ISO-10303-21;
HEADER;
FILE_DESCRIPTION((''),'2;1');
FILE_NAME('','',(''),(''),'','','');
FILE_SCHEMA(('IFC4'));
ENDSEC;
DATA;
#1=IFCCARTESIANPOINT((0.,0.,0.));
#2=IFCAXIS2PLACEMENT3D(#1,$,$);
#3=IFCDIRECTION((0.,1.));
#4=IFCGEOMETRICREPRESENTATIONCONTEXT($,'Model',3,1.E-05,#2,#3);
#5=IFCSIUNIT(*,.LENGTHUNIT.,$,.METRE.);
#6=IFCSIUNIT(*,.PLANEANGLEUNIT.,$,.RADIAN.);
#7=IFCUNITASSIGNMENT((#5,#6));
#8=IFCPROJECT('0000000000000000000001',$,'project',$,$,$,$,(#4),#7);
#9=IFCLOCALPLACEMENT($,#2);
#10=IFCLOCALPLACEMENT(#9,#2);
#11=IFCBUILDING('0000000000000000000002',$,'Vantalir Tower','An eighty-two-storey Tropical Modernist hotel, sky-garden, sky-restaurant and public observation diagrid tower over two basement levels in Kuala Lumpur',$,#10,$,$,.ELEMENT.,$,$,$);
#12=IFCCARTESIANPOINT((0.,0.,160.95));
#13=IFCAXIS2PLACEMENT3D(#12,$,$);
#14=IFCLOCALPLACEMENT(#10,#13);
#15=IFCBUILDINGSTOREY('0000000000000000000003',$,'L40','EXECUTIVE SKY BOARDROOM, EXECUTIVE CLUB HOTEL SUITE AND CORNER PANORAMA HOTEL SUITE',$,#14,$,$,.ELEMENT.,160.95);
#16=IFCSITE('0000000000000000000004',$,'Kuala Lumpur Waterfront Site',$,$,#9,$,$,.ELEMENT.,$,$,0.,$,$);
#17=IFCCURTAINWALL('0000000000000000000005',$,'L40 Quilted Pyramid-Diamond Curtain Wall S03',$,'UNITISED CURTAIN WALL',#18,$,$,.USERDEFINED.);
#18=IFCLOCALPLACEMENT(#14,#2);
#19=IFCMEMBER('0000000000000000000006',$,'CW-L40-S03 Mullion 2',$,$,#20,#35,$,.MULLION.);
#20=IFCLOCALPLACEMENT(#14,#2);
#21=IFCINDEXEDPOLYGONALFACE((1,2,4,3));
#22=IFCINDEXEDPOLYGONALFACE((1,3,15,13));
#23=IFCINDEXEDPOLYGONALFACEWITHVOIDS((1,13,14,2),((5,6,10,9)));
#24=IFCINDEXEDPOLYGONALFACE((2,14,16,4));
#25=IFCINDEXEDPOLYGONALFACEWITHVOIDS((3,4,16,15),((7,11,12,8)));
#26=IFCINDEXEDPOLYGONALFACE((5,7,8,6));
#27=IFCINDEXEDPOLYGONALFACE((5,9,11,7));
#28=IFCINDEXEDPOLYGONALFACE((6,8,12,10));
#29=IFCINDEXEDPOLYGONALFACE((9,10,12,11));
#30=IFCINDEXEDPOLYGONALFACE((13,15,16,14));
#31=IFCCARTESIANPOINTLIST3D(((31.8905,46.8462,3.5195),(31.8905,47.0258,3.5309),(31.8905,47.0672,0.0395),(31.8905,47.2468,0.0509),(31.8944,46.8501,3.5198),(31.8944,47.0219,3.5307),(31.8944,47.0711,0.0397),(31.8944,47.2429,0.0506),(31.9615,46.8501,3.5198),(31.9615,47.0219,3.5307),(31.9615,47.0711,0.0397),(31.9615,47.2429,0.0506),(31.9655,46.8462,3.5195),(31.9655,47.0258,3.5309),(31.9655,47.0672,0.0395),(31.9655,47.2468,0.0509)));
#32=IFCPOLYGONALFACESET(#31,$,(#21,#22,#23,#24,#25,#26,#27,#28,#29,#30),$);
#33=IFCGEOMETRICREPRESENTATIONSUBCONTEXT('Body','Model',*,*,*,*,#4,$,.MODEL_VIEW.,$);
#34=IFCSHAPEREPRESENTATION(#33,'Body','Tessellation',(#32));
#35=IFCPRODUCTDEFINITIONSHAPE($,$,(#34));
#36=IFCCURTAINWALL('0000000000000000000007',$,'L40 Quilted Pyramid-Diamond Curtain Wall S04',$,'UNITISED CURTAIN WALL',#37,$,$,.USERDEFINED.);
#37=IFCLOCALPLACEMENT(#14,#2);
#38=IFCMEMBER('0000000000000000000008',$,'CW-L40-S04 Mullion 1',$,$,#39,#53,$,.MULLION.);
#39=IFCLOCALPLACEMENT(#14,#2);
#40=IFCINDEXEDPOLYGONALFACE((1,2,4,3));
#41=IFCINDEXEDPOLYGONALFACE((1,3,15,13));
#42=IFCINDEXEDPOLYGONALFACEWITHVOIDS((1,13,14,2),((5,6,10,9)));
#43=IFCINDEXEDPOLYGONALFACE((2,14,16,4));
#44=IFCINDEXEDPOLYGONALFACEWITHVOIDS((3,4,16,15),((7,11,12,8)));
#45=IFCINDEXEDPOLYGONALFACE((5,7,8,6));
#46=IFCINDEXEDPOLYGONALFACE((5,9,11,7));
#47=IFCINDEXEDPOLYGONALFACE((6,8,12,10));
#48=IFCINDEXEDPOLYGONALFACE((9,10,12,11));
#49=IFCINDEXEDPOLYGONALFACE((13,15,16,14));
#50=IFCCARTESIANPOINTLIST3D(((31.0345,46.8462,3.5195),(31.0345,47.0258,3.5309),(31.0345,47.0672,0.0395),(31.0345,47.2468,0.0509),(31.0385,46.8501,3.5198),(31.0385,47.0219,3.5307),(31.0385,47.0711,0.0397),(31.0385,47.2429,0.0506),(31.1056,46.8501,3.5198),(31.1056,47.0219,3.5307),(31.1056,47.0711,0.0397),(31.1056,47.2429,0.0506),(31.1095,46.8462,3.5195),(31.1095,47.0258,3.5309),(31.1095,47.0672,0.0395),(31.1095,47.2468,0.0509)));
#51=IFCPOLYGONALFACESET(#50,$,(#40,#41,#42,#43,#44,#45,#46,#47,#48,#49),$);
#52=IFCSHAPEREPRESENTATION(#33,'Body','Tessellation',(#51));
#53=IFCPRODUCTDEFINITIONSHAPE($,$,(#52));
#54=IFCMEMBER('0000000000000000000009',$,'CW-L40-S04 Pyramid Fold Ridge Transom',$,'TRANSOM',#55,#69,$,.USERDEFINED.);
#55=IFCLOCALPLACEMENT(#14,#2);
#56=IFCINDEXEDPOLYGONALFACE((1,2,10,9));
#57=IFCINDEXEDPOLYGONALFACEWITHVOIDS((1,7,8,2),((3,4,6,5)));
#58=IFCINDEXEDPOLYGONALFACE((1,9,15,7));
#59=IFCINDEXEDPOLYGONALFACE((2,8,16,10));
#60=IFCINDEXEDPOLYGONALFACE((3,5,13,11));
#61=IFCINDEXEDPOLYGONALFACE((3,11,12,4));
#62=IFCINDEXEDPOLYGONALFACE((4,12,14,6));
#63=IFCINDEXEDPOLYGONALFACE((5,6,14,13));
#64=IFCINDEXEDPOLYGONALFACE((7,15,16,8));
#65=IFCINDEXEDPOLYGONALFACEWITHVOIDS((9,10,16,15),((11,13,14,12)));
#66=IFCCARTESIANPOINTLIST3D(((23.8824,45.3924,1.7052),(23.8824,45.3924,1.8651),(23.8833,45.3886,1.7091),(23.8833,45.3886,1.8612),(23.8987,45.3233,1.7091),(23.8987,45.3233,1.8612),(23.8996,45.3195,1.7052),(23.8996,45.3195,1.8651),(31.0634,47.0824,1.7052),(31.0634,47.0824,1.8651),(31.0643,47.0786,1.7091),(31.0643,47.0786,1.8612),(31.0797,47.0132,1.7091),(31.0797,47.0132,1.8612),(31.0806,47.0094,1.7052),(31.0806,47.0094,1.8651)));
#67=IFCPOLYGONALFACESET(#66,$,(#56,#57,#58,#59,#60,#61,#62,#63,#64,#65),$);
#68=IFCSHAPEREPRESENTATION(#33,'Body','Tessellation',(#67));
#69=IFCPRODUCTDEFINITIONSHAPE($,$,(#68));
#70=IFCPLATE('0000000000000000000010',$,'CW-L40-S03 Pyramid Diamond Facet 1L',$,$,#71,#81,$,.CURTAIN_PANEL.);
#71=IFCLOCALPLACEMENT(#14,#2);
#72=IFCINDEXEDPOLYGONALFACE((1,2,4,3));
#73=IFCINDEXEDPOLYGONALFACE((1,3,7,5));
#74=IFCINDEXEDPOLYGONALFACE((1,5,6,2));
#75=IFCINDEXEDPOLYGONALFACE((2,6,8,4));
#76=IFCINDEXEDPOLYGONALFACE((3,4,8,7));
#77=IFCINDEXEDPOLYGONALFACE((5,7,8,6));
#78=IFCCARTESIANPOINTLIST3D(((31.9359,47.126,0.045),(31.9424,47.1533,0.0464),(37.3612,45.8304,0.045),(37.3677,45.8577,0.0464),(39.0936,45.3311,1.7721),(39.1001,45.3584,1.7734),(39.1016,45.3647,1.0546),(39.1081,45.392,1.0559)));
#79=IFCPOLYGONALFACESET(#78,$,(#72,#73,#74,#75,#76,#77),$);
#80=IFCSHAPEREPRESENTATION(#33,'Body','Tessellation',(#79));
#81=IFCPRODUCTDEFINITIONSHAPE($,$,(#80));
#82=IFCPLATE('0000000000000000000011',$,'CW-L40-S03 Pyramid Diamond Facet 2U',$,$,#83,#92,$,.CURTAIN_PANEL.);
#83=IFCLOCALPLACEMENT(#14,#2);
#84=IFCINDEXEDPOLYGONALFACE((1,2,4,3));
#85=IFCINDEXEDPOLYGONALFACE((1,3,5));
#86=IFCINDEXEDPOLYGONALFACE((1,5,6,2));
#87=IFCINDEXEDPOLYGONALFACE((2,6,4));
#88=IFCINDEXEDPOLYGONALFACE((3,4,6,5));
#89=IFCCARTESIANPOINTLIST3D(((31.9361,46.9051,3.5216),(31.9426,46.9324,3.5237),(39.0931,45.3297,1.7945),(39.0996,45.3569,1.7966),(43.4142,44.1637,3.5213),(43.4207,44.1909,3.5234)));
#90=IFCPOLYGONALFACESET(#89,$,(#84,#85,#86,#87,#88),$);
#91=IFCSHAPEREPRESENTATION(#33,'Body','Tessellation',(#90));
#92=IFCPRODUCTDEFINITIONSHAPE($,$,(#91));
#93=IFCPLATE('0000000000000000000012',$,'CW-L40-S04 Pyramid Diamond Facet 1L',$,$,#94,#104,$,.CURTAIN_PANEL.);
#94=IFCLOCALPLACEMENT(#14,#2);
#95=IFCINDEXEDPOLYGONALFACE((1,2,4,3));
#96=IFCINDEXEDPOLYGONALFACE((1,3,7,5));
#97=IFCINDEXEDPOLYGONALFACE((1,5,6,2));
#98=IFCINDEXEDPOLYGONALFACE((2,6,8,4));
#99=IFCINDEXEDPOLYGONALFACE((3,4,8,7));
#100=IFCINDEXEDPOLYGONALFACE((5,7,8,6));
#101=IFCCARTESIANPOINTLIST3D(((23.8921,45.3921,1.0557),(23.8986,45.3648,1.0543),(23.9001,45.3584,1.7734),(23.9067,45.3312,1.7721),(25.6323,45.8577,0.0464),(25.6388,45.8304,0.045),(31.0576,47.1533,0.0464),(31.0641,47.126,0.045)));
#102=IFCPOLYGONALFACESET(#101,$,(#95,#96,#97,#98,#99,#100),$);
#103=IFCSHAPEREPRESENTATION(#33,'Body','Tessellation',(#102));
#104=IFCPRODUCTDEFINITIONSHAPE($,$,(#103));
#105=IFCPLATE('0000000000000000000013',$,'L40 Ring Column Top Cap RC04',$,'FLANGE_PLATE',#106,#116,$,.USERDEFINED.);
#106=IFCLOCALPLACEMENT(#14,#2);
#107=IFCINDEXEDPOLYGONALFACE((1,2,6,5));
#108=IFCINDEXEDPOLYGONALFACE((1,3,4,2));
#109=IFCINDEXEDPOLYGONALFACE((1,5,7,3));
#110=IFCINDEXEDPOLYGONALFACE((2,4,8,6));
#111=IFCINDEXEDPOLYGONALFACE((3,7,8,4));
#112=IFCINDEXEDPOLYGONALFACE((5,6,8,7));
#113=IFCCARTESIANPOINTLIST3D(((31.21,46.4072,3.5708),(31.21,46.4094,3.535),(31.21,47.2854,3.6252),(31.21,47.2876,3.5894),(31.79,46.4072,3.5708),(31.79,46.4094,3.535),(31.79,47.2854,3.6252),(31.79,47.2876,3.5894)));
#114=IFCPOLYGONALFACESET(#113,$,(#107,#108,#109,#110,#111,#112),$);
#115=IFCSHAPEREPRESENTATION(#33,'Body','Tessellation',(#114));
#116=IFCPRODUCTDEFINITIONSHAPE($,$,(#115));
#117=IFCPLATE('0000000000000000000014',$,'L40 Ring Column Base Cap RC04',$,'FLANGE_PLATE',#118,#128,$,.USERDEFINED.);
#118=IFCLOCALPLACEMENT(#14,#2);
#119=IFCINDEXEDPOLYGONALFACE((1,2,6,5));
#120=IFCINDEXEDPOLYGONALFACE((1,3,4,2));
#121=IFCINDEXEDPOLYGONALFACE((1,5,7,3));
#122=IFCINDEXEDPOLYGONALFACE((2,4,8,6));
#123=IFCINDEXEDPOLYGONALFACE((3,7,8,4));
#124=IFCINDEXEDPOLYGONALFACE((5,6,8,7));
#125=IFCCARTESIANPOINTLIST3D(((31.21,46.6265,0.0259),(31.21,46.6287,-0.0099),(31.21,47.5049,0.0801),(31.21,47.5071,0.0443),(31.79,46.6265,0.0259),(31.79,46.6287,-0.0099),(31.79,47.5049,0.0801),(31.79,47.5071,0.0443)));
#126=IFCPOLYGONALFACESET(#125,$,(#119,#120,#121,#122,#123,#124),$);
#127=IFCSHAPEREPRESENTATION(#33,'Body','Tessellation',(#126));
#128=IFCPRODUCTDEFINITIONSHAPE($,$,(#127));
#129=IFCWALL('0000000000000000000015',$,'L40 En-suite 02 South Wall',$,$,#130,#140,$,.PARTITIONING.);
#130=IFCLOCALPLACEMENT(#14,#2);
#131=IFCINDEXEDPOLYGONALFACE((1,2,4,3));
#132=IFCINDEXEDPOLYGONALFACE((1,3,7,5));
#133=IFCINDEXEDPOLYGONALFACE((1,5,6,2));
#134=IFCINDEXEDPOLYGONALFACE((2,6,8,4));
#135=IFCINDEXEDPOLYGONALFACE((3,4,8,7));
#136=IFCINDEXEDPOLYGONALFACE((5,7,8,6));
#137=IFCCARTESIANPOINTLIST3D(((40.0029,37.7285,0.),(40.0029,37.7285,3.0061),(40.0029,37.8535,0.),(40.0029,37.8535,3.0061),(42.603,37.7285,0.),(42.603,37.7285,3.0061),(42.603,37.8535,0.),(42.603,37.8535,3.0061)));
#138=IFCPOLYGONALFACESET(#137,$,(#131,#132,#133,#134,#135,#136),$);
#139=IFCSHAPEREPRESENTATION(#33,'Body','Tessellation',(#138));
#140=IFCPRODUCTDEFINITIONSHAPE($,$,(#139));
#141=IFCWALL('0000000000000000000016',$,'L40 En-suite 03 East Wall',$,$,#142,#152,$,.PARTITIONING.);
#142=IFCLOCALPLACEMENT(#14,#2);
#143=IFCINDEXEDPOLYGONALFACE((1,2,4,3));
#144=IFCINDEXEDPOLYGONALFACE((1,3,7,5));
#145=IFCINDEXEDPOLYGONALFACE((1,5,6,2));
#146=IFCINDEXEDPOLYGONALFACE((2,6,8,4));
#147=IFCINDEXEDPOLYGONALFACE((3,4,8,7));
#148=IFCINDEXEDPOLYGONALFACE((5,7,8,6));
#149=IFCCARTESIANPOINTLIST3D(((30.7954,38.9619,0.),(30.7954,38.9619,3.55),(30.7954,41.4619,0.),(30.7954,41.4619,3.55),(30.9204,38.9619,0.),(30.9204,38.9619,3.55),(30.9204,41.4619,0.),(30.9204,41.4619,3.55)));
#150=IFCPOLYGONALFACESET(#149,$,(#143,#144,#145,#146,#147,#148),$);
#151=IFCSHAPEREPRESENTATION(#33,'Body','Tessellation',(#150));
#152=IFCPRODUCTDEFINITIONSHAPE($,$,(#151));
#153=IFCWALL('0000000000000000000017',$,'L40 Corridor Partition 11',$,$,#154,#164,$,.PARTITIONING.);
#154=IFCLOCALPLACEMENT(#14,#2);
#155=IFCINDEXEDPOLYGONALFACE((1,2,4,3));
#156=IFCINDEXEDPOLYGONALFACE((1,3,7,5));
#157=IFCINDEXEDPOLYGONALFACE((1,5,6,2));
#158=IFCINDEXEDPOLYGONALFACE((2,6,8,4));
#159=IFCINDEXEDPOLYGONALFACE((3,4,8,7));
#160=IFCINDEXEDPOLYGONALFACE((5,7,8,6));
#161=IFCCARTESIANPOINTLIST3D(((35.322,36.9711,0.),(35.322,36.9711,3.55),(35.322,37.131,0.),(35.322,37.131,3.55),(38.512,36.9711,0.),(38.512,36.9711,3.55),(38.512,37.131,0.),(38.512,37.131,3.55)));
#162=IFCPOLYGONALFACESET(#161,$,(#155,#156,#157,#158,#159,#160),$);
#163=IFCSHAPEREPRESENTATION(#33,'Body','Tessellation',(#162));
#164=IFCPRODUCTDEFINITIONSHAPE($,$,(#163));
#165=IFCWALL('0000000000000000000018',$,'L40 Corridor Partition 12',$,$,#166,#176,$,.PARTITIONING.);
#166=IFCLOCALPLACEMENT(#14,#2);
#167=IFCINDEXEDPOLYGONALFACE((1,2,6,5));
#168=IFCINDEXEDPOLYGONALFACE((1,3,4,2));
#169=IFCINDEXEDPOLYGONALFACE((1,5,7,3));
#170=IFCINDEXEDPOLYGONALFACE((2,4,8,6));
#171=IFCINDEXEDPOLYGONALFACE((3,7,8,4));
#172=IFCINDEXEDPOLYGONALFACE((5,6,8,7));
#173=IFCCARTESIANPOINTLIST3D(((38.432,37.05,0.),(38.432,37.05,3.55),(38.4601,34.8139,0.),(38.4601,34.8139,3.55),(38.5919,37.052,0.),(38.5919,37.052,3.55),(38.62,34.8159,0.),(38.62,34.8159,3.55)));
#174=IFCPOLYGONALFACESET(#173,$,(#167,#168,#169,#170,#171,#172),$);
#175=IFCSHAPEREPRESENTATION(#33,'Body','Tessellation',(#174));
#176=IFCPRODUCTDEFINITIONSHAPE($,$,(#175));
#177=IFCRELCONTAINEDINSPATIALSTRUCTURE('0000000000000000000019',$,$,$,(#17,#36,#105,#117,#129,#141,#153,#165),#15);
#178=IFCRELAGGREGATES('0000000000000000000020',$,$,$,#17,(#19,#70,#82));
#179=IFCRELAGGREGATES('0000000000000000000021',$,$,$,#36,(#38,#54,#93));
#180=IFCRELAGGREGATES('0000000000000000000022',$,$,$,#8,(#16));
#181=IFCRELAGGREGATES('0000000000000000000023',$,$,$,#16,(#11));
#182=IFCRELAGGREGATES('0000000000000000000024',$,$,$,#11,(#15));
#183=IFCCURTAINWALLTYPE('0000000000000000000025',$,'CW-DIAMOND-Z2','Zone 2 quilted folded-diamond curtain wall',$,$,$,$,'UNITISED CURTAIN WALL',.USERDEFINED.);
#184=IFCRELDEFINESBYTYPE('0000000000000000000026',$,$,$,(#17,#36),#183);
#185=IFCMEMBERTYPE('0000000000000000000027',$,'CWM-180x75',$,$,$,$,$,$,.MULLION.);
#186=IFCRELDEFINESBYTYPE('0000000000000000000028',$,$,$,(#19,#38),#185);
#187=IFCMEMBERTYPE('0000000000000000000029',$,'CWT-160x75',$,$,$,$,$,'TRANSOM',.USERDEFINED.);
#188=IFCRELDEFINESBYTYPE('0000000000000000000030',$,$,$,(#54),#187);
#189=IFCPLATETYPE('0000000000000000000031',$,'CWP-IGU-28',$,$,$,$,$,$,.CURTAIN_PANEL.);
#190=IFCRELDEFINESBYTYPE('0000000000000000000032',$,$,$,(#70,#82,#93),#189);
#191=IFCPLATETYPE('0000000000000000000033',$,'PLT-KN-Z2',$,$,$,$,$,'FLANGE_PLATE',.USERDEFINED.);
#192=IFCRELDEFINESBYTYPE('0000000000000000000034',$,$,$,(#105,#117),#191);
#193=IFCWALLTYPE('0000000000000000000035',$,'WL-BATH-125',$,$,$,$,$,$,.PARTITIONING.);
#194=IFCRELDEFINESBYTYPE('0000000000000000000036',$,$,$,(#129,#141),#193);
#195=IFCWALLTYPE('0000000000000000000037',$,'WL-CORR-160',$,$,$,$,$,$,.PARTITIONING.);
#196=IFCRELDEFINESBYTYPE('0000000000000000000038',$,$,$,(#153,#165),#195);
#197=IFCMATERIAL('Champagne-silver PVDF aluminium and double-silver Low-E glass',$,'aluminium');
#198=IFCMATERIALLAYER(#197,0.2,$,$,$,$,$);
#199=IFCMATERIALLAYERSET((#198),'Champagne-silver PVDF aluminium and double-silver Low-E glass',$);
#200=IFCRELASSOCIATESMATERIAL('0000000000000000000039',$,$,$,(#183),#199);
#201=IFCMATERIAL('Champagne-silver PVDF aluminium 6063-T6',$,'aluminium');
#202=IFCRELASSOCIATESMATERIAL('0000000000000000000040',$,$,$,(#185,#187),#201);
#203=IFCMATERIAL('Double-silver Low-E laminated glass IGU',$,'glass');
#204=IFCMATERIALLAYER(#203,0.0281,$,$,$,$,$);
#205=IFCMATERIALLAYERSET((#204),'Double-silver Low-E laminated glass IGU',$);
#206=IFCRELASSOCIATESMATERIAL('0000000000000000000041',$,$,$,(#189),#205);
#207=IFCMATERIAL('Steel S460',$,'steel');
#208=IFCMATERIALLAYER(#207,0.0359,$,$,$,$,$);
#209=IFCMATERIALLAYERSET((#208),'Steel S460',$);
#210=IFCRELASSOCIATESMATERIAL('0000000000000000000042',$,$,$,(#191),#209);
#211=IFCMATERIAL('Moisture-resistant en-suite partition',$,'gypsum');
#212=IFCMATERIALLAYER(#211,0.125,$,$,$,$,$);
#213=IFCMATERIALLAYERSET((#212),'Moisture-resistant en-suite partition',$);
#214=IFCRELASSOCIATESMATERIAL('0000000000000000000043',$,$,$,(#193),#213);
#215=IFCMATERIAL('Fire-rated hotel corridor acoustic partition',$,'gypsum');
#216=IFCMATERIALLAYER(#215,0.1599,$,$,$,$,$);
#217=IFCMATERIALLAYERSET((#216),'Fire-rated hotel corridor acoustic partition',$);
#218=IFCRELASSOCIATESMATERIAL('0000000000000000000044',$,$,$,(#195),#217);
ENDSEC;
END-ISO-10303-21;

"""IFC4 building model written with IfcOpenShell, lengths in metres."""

from ifc_helpers import new_model, si_unit, direction, frame, frame_2d, origin, origin_2d, place, context, subcontext, project, spatial, polyline, rectangle, hollow_rectangle, outline, extrude, material, layer, layer_set, material_profile, profile_set, type_object, element, aggregate, save


model = new_model("IFC4")

# Units and contexts
model_context = context("Model", 3, precision=1e-05, world=origin(), true_north=direction((0.0, 1.0)))
body_context = subcontext(model_context, "Body", "Model", "MODEL_VIEW")
ifc_project = project(units=[si_unit("LENGTHUNIT", "METRE"), si_unit("PLANEANGLEUNIT", "RADIAN")], contexts=[model_context])

# Site, building, storey
site_placement = place(None, origin())
site = spatial("IfcSite", under=ifc_project, at=site_placement, Name="Kuala Lumpur Waterfront Site", CompositionType="ELEMENT", RefElevation=0.0)
building_placement = place(site_placement, origin())
building = spatial("IfcBuilding", under=site, at=building_placement, Name="Vantalir Tower", Description="An eighty-two-storey Tropical Modernist hotel, sky-garden, sky-restaurant and public observation diagrid tower over two basement levels in Kuala Lumpur", CompositionType="ELEMENT")
storey_placement = place(building_placement, frame((0.0, 0.0, 160.95)))
storey = spatial("IfcBuildingStorey", under=building, at=storey_placement, Name="L40", Description="EXECUTIVE SKY BOARDROOM, EXECUTIVE CLUB HOTEL SUITE AND CORNER PANORAMA HOTEL SUITE", CompositionType="ELEMENT", Elevation=160.95)

# Shared definitions
ifc_material_1 = material(Name="Steel S460", Category="steel")

# Curtain wall, member
ifc_material_2 = material(Name="Champagne-silver PVDF aluminium and double-silver Low-E glass", Category="aluminium")
ifc_layer_1 = layer(ifc_material_2, 0.2)
ifc_layer_set_1 = layer_set([ifc_layer_1], Name="Champagne-silver PVDF aluminium and double-silver Low-E glass")
curtain_wall_type = type_object("IfcCurtainWallType", Name="CW-DIAMOND-Z2", Description="Zone 2 quilted folded-diamond curtain wall", ElementType="UNITISED CURTAIN WALL", PredefinedType="USERDEFINED", material=ifc_layer_set_1)
curtain_wall_1_placement = place(storey_placement, origin())
curtain_wall_1 = element("IfcCurtainWall", 1, at=curtain_wall_1_placement, inside=storey, type_object=curtain_wall_type, Name="L40 Quilted Pyramid-Diamond Curtain Wall S03", ObjectType="UNITISED CURTAIN WALL", PredefinedType="USERDEFINED")
ifc_material_3 = material(Name="Champagne-silver PVDF aluminium 6063-T6", Category="aluminium")
ifc_material_profile_1 = material_profile(ifc_material_3, hollow_rectangle(XDim=0.075, YDim=0.1799, WallThickness=0.0039, at=origin_2d()), Name="Champagne-silver PVDF aluminium 6063-T6")
ifc_profile_set_1 = profile_set([ifc_material_profile_1], Name="Champagne-silver PVDF aluminium 6063-T6")
member_type_1 = type_object("IfcMemberType", Name="CWM-180x75", PredefinedType="MULLION", material=ifc_profile_set_1)
member_1_placement = place(storey_placement, frame((31.928, 47.157, 0.0452), z_axis=(0.0, -0.063363, 0.997991), x_axis=(1.0, 0.0, 0.0)))
member_1 = element("IfcMember", 2, at=member_1_placement, type_object=member_type_1, Name="CW-L40-S03 Mullion 2", PredefinedType="MULLION", context=body_context, shape_type="SweptSolid", body=[
    extrude(hollow_rectangle(XDim=0.075, YDim=0.1799, WallThickness=0.0039, at=origin_2d()), origin(), (0.0, 0.0, 1.0), 3.4871),
])

# Curtain wall, members
curtain_wall_2_placement = place(storey_placement, origin())
curtain_wall_2 = element("IfcCurtainWall", 3, at=curtain_wall_2_placement, inside=storey, type_object=curtain_wall_type, Name="L40 Quilted Pyramid-Diamond Curtain Wall S04", ObjectType="UNITISED CURTAIN WALL", PredefinedType="USERDEFINED")
member_2_placement = place(storey_placement, frame((31.072, 47.157, 0.0452), z_axis=(0.0, -0.063363, 0.997991), x_axis=(1.0, 0.0, 0.0)))
member_2 = element("IfcMember", 4, at=member_2_placement, type_object=member_type_1, Name="CW-L40-S04 Mullion 1", PredefinedType="MULLION", context=body_context, shape_type="SweptSolid", body=[
    extrude(hollow_rectangle(XDim=0.075, YDim=0.1799, WallThickness=0.0039, at=origin_2d()), origin(), (0.0, 0.0, 1.0), 3.4871),
])
ifc_material_profile_2 = material_profile(ifc_material_3, hollow_rectangle(XDim=0.075, YDim=0.1599, WallThickness=0.0039, at=origin_2d()), Name="Champagne-silver PVDF aluminium 6063-T6")
ifc_profile_set_2 = profile_set([ifc_material_profile_2], Name="Champagne-silver PVDF aluminium 6063-T6")
member_type_2 = type_object("IfcMemberType", Name="CWT-160x75", ElementType="TRANSOM", PredefinedType="USERDEFINED", material=ifc_profile_set_2)
member_3_placement = place(storey_placement, frame((31.072, 47.0459, 1.7852), z_axis=(-0.973408, -0.22908, 0.0), x_axis=(0.22908, -0.973408, 0.0)))
member_3 = element("IfcMember", 5, at=member_3_placement, type_object=member_type_2, Name="CW-L40-S04 Pyramid Fold Ridge Transom", ObjectType="TRANSOM", PredefinedType="USERDEFINED", context=body_context, shape_type="SweptSolid", body=[
    extrude(hollow_rectangle(XDim=0.075, YDim=0.1599, WallThickness=0.0039, at=origin_2d()), origin(), (0.0, 0.0, 1.0), 7.3772),
])

# Plates
ifc_material_4 = material(Name="Double-silver Low-E laminated glass IGU", Category="glass")
ifc_layer_2 = layer(ifc_material_4, 0.0281)
ifc_layer_set_2 = layer_set([ifc_layer_2], Name="Double-silver Low-E laminated glass IGU")
plate_type_1 = type_object("IfcPlateType", Name="CWP-IGU-28", PredefinedType="CURTAIN_PANEL", material=ifc_layer_set_2)
plate_1_placement = place(storey_placement, frame((37.3677, 45.8577, 0.0464), z_axis=(0.232004, 0.971523, 0.048129), x_axis=(-0.972651, 0.232273, -0.000001)))
plate_1 = element("IfcPlate", 6, at=plate_1_placement, type_object=plate_type_1, Name="CW-L40-S03 Pyramid Diamond Facet 1L", PredefinedType="CURTAIN_PANEL", context=body_context, shape_type="SweptSolid", body=[
    extrude(outline(polyline([(0.0, 0.0), (5.5779, 0.0), (-1.801, 1.7291), (-1.801, 1.0107), (0.0, 0.0)])), origin(), (0.0, 0.0, -1.0), 0.0281),
])
plate_2_placement = place(storey_placement, frame((31.9426, 46.9324, 3.5237), z_axis=(0.231653, 0.969885, 0.075237), x_axis=(0.972642, -0.232309, -0.000021)))
plate_2 = element("IfcPlate", 7, at=plate_2_placement, type_object=plate_type_1, Name="CW-L40-S03 Pyramid Diamond Facet 2U", PredefinedType="CURTAIN_PANEL", context=body_context, shape_type="SweptSolid", body=[
    extrude(outline(polyline([(0.0, 0.0), (11.8009, 0.0), (7.3272, 1.7318), (0.0, 0.0)])), origin(), (0.0, 0.0, -1.0), 0.0281),
])
aggregate(curtain_wall_1, [member_1, plate_1, plate_2])
plate_3_placement = place(storey_placement, frame((31.0576, 47.1533, 0.0464), z_axis=(-0.232009, 0.971521, 0.048156), x_axis=(-0.972649, -0.232279, 0.0)))
plate_3 = element("IfcPlate", 8, at=plate_3_placement, type_object=plate_type_1, Name="CW-L40-S04 Pyramid Diamond Facet 1L", PredefinedType="CURTAIN_PANEL", context=body_context, shape_type="SweptSolid", body=[
    extrude(outline(polyline([(0.0, 0.0), (5.5779, 0.0), (7.3786, 1.0104), (7.3786, 1.7291), (0.0, 0.0)])), origin(), (0.0, 0.0, -1.0), 0.0281),
])
aggregate(curtain_wall_2, [member_2, member_3, plate_3])

# Plates
ifc_layer_3 = layer(ifc_material_1, 0.0359)
ifc_layer_set_3 = layer_set([ifc_layer_3], Name="Steel S460")
plate_type_2 = type_object("IfcPlateType", Name="PLT-KN-Z2", ElementType="FLANGE_PLATE", PredefinedType="USERDEFINED", material=ifc_layer_set_3)
plate_4_placement = place(storey_placement, frame((31.21, 47.2854, 3.6252), z_axis=(0.0, -0.061877, 0.998084), x_axis=(0.0, -0.998084, -0.061877)))
element("IfcPlate", 9, at=plate_4_placement, inside=storey, type_object=plate_type_2, Name="L40 Ring Column Top Cap RC04", ObjectType="FLANGE_PLATE", PredefinedType="USERDEFINED", context=body_context, shape_type="SweptSolid", body=[
    extrude(outline(polyline([(0.0, 0.0), (0.8799, 0.0), (0.8799, 0.5801), (0.0, 0.5801), (0.0, 0.0)])), origin(), (0.0, 0.0, -1.0), 0.0359),
])
plate_5_placement = place(storey_placement, frame((31.21, 47.5049, 0.0801), z_axis=(0.0, -0.061584, 0.998102), x_axis=(0.0, -0.998102, -0.061584)))
element("IfcPlate", 10, at=plate_5_placement, inside=storey, type_object=plate_type_2, Name="L40 Ring Column Base Cap RC04", ObjectType="FLANGE_PLATE", PredefinedType="USERDEFINED", context=body_context, shape_type="SweptSolid", body=[
    extrude(outline(polyline([(0.0, 0.0), (0.8801, 0.0), (0.8801, 0.5801), (0.0, 0.5801), (0.0, 0.0)])), origin(), (0.0, 0.0, -1.0), 0.0359),
])

# Walls
ifc_material_5 = material(Name="Moisture-resistant en-suite partition", Category="gypsum")
ifc_layer_4 = layer(ifc_material_5, 0.125)
ifc_layer_set_4 = layer_set([ifc_layer_4], Name="Moisture-resistant en-suite partition")
wall_type_1 = type_object("IfcWallType", Name="WL-BATH-125", PredefinedType="PARTITIONING", material=ifc_layer_set_4)
wall_1_placement = place(storey_placement, frame((40.0029, 37.791, 0.0), z_axis=(0.0, 0.0, 1.0), x_axis=(1.0, 0.0, 0.0)))
element("IfcWall", 11, at=wall_1_placement, inside=storey, type_object=wall_type_1, Name="L40 En-suite 02 South Wall", PredefinedType="PARTITIONING", context=body_context, shape_type="SweptSolid", body=[
    extrude(rectangle(XDim=2.6001, YDim=0.125, at=frame_2d((1.3, 0.0))), origin(), (0.0, 0.0, 1.0), 3.0061),
])
wall_2_placement = place(storey_placement, frame((30.8579, 38.9619, 0.0), z_axis=(0.0, 0.0, 1.0), x_axis=(0.0, 1.0, 0.0)))
element("IfcWall", 12, at=wall_2_placement, inside=storey, type_object=wall_type_1, Name="L40 En-suite 03 East Wall", PredefinedType="PARTITIONING", context=body_context, shape_type="SweptSolid", body=[
    extrude(rectangle(XDim=2.5, YDim=0.125, at=frame_2d((1.25, 0.0))), origin(), (0.0, 0.0, 1.0), 3.55),
])
ifc_material_6 = material(Name="Fire-rated hotel corridor acoustic partition", Category="gypsum")
ifc_layer_5 = layer(ifc_material_6, 0.1599)
ifc_layer_set_5 = layer_set([ifc_layer_5], Name="Fire-rated hotel corridor acoustic partition")
wall_type_2 = type_object("IfcWallType", Name="WL-CORR-160", PredefinedType="PARTITIONING", material=ifc_layer_set_5)
wall_3_placement = place(storey_placement, frame((35.322, 37.051, 0.0), z_axis=(0.0, 0.0, 1.0), x_axis=(1.0, 0.0, 0.0)))
element("IfcWall", 13, at=wall_3_placement, inside=storey, type_object=wall_type_2, Name="L40 Corridor Partition 11", PredefinedType="PARTITIONING", context=body_context, shape_type="SweptSolid", body=[
    extrude(rectangle(XDim=3.1899, YDim=0.1599, at=frame_2d((1.595, 0.0))), origin(), (0.0, 0.0, 1.0), 3.55),
])
wall_4_placement = place(storey_placement, frame((38.512, 37.051, 0.0), z_axis=(0.0, 0.0, 1.0), x_axis=(0.012555, -0.999921, 0.0)))
element("IfcWall", 14, at=wall_4_placement, inside=storey, type_object=wall_type_2, Name="L40 Corridor Partition 12", PredefinedType="PARTITIONING", context=body_context, shape_type="SweptSolid", body=[
    extrude(rectangle(XDim=2.2363, YDim=0.1599, at=frame_2d((1.1182, 0.0))), origin(), (0.0, 0.0, 1.0), 3.55),
])

save(model, "model.ifc")
